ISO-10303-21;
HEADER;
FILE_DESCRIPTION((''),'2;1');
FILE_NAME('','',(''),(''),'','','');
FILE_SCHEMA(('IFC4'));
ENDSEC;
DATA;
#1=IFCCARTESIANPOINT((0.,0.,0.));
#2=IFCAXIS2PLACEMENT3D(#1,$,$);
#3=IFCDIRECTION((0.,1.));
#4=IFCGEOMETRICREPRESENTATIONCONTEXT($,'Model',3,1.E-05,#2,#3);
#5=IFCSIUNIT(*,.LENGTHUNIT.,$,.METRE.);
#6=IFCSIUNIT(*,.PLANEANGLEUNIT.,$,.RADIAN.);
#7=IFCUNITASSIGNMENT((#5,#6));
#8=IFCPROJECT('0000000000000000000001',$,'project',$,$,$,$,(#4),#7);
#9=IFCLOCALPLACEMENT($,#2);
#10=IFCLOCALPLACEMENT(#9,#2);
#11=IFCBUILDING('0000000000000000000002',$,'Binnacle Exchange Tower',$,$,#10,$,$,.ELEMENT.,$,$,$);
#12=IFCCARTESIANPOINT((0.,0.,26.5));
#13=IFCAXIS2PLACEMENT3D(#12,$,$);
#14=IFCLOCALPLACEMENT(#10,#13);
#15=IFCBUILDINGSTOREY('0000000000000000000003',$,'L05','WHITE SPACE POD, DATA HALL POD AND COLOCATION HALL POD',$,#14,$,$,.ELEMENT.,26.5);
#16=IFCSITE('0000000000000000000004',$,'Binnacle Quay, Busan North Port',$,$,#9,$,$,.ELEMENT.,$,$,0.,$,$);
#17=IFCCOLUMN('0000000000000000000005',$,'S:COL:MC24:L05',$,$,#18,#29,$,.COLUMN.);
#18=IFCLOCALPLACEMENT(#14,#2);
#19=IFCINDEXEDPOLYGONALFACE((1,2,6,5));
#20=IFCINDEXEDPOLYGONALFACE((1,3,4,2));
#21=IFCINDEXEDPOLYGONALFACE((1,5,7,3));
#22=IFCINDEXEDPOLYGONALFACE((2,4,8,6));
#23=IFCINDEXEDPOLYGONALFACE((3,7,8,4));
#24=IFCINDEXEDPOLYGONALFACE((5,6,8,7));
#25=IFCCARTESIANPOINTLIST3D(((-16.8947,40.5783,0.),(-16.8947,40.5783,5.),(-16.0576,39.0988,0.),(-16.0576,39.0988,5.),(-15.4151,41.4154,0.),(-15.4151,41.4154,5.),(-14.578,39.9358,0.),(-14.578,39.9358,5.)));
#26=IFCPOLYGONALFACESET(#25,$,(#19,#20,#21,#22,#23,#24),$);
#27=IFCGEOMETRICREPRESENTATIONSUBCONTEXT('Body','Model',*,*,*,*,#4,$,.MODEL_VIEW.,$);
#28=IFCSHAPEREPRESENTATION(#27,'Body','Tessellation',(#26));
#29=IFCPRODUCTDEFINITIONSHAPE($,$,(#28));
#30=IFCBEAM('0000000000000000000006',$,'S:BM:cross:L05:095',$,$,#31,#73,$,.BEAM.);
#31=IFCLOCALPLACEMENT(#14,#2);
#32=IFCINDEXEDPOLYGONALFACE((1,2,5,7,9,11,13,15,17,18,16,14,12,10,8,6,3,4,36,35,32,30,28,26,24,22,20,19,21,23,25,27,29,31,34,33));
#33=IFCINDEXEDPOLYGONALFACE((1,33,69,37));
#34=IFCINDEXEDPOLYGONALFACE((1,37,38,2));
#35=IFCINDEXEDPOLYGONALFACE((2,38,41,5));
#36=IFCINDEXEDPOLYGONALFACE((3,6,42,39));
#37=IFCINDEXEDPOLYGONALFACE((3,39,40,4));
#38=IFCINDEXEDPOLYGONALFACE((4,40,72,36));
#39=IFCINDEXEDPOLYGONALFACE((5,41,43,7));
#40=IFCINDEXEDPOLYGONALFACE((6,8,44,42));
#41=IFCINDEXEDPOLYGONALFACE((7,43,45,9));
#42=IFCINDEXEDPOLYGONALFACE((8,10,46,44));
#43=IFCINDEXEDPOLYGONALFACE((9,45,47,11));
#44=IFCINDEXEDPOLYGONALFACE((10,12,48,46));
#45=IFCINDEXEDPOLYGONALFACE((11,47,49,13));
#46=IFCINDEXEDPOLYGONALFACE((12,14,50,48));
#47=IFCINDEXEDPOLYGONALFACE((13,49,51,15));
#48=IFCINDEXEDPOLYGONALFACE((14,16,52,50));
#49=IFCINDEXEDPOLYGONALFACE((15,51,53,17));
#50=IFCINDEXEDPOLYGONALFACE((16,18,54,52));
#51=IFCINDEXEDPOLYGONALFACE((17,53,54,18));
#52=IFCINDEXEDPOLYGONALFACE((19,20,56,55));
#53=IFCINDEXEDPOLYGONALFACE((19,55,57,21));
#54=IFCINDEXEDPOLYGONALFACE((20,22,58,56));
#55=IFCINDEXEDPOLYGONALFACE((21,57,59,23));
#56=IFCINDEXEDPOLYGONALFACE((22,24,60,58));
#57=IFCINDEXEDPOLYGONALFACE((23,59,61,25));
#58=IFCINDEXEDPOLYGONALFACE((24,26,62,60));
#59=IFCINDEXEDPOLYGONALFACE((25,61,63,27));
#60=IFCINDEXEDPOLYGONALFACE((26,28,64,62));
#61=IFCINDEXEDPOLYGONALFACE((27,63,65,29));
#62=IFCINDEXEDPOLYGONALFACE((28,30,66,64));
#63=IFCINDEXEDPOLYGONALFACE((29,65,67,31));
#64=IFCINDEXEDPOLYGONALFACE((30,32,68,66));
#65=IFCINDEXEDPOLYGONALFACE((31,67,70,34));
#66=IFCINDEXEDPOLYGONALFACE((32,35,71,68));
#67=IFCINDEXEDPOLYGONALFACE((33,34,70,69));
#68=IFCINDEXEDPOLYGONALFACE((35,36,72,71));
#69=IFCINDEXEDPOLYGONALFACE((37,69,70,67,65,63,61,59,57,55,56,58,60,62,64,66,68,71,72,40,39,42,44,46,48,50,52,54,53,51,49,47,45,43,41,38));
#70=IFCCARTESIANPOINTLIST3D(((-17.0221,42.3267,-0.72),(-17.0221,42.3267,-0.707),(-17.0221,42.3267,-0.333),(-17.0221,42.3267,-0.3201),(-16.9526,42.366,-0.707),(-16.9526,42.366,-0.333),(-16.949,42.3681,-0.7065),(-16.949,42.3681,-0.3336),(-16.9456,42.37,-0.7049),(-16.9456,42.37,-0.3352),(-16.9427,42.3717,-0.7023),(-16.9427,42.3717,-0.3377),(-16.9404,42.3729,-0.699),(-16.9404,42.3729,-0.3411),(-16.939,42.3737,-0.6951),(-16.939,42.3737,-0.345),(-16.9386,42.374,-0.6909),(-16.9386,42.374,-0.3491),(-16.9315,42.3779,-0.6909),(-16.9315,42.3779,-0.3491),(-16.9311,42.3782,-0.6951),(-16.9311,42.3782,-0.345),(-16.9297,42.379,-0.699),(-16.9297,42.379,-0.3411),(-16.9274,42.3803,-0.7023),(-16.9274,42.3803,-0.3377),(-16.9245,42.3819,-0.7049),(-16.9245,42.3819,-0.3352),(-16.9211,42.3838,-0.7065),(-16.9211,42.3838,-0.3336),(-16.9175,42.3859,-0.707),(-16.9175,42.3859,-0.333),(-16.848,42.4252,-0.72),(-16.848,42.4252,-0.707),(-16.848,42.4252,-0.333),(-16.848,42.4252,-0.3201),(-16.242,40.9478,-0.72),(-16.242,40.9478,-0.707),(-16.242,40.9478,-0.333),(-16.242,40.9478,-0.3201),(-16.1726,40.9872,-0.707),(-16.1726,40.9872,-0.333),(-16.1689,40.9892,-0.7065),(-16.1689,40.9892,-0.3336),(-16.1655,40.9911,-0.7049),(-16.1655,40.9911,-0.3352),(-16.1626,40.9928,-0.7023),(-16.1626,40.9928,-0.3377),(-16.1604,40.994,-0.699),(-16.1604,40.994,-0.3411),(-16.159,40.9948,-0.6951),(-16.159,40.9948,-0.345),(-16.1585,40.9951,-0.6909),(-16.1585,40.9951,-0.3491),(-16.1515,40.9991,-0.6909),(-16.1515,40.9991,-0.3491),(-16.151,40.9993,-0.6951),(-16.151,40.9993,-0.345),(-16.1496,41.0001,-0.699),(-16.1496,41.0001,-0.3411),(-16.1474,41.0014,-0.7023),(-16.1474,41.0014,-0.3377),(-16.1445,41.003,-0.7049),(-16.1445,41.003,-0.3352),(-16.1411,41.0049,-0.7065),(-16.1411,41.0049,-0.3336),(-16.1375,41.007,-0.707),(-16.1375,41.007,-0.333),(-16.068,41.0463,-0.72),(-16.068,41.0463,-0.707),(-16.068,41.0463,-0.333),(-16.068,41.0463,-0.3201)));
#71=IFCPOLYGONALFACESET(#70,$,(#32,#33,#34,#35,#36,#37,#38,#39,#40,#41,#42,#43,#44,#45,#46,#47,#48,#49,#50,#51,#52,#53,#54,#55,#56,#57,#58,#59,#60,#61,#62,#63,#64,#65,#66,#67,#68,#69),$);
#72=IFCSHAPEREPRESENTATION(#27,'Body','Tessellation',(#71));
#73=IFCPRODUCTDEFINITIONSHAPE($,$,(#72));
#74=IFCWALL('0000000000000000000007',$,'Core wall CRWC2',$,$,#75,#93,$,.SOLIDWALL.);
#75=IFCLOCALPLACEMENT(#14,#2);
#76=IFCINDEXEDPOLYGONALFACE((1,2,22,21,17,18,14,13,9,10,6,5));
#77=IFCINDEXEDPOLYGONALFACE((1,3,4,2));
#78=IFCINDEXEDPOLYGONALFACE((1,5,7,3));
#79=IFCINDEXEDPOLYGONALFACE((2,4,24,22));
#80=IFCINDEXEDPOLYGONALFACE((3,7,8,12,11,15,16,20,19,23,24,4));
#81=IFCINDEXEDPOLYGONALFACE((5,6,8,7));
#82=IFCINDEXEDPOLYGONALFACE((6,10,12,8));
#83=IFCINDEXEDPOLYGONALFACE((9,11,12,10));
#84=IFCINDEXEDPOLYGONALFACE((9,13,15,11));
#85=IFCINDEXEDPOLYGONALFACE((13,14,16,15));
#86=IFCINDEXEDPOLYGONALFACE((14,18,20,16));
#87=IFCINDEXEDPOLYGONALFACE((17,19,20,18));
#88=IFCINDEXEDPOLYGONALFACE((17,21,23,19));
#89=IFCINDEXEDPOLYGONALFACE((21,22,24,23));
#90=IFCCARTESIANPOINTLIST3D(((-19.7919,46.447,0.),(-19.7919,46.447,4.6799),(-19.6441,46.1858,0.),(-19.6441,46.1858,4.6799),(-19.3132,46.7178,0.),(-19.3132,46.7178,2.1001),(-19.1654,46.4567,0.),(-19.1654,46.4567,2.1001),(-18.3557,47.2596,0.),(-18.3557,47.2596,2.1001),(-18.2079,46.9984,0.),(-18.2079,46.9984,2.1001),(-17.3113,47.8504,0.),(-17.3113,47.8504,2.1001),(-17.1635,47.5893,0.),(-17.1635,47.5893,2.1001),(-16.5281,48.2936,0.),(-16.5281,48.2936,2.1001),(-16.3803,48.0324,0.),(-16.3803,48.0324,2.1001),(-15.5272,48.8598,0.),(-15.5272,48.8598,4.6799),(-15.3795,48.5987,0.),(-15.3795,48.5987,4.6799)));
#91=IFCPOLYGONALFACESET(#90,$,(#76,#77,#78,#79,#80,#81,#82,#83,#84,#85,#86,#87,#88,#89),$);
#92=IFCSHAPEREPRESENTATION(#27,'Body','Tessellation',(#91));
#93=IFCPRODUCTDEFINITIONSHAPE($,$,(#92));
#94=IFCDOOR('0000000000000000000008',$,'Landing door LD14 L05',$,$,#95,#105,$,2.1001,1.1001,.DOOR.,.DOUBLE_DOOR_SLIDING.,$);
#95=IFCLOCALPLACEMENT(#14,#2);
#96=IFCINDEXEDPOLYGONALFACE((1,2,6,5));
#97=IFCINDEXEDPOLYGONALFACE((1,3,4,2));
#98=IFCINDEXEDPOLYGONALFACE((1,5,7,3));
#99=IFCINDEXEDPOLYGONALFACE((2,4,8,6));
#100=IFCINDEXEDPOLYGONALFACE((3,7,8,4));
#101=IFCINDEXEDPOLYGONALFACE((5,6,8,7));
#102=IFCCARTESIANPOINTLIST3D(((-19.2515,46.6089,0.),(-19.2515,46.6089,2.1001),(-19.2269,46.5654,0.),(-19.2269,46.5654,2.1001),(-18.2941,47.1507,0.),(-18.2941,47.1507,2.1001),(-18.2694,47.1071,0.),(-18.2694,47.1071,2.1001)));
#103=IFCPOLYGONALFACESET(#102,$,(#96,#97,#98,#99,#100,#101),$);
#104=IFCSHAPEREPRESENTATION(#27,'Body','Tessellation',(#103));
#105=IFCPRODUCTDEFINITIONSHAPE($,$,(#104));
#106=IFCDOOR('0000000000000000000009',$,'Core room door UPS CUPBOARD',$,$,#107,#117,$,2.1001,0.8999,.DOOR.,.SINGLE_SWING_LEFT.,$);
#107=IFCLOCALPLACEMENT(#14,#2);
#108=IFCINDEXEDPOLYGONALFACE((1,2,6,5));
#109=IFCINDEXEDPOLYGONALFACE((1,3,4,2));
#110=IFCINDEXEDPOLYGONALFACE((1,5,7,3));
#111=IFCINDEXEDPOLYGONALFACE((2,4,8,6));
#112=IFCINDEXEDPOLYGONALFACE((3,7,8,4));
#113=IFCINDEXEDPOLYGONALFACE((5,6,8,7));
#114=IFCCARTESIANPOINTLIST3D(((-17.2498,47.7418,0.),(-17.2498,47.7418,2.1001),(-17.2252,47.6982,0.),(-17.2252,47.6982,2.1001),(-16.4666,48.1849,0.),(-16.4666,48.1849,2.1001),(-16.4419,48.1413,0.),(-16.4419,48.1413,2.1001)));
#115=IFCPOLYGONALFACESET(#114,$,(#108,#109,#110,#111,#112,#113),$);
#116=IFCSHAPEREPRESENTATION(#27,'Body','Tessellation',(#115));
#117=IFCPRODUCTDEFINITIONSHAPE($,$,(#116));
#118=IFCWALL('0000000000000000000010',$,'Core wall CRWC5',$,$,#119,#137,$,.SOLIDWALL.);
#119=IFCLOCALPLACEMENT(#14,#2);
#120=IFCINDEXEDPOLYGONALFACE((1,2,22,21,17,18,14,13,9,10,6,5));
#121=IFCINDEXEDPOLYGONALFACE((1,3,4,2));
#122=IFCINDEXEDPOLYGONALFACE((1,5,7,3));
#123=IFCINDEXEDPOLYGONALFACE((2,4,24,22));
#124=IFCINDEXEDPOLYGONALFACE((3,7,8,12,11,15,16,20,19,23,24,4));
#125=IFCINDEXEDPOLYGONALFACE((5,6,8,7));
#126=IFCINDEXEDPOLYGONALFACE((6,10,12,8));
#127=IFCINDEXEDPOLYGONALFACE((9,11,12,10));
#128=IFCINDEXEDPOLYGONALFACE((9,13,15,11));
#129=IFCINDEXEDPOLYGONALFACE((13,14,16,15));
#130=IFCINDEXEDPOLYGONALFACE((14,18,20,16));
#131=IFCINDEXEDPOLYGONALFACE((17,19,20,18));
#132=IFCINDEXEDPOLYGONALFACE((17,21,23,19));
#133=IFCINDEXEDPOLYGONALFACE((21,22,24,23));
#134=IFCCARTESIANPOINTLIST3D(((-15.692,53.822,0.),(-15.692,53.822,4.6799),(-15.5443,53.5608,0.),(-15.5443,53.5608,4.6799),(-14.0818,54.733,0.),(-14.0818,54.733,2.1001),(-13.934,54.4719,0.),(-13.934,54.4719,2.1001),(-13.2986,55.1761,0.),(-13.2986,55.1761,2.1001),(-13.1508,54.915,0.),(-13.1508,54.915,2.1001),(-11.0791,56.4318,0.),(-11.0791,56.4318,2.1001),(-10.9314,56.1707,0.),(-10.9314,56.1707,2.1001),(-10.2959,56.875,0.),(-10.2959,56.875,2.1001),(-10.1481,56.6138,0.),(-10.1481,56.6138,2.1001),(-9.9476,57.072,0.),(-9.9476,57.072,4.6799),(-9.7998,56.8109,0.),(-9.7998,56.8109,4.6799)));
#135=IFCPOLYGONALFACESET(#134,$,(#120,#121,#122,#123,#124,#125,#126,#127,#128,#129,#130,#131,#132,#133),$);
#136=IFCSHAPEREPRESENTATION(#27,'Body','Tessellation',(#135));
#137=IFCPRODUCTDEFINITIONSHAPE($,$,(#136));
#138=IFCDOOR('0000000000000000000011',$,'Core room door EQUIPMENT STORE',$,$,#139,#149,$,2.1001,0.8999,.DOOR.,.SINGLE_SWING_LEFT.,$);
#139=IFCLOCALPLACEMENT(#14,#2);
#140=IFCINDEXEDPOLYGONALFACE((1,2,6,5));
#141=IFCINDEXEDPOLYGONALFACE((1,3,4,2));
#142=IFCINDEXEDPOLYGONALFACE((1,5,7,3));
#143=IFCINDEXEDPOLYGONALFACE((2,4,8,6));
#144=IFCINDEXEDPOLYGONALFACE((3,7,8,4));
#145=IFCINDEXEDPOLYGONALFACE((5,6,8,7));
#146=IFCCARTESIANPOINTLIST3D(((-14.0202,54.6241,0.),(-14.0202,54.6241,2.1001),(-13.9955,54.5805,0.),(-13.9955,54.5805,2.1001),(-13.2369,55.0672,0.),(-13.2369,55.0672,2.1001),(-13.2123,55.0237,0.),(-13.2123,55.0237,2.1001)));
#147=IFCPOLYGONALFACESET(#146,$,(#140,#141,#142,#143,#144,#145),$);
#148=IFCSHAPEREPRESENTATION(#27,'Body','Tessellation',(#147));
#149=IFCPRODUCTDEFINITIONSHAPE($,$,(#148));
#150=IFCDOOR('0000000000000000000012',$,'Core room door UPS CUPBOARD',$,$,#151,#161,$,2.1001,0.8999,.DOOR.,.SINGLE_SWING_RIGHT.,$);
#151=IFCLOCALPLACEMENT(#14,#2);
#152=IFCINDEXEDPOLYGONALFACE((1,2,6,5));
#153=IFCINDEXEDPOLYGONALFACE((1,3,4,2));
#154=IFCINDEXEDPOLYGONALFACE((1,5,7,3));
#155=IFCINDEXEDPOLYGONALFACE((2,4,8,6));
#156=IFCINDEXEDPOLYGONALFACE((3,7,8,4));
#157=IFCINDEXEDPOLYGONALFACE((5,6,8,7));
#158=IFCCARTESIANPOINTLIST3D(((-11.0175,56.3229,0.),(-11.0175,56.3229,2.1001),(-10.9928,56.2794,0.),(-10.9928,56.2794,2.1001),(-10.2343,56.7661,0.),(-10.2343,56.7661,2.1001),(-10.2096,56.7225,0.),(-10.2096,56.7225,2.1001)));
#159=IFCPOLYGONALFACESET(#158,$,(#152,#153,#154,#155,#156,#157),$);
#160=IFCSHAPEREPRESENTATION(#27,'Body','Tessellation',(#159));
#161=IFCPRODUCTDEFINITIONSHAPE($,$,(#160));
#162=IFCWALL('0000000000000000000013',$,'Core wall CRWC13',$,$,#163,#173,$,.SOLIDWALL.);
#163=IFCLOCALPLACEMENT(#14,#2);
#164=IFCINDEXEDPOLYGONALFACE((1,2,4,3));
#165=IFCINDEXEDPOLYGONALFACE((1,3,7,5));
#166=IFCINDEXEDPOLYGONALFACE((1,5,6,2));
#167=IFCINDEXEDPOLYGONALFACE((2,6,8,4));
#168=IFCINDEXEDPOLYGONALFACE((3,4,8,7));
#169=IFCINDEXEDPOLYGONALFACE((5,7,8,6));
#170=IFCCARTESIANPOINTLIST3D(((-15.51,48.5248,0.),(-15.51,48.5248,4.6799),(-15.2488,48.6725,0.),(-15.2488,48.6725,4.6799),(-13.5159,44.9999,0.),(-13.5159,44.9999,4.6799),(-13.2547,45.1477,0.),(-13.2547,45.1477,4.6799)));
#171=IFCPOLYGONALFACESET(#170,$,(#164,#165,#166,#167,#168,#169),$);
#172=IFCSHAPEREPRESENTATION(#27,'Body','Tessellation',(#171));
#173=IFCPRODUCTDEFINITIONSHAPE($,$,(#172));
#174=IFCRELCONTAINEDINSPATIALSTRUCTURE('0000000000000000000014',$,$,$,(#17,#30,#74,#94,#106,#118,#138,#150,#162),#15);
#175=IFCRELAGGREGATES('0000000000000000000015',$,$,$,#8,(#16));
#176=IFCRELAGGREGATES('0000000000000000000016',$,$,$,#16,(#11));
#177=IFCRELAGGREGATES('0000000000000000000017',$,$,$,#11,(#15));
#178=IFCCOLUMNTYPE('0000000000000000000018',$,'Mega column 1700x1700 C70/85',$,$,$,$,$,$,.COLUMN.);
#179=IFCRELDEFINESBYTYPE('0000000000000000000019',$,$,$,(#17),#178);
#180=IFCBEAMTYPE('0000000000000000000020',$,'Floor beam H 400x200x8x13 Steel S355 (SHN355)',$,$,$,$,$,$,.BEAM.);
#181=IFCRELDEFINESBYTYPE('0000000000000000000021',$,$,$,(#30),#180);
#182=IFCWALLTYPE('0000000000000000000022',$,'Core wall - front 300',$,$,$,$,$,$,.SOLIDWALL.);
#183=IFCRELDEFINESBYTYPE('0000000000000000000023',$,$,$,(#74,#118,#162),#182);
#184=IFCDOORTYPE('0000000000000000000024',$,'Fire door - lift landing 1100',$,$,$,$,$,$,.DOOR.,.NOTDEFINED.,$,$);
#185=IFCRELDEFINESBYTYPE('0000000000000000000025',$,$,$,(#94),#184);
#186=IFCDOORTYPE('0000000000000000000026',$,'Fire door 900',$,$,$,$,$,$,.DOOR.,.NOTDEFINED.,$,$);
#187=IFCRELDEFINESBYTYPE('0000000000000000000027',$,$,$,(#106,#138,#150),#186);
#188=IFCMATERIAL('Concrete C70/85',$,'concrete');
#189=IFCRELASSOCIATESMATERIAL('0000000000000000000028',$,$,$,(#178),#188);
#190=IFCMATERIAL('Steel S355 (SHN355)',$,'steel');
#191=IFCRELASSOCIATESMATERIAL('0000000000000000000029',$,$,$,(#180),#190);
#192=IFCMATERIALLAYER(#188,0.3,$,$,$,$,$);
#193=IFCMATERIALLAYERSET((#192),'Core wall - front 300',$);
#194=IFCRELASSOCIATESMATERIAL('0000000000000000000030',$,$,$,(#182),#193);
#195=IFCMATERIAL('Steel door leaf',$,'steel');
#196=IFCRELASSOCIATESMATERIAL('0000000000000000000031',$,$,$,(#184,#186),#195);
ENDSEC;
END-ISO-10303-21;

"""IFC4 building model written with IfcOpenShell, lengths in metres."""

from ifc_helpers import new_model, si_unit, direction, frame, frame_2d, origin, origin_2d, place, context, subcontext, project, spatial, rectangle, i_section, extrude, material, layer, layer_set, material_profile, profile_set, type_object, element, fill, save


model = new_model("IFC4")

# Units and contexts
model_context = context("Model", 3, precision=1e-05, world=origin(), true_north=direction((0.0, 1.0)))
body_context = subcontext(model_context, "Body", "Model", "MODEL_VIEW")
ifc_project = project(units=[si_unit("LENGTHUNIT", "METRE"), si_unit("PLANEANGLEUNIT", "RADIAN")], contexts=[model_context])

# Site, building, storey
site_placement = place(None, origin())
site = spatial("IfcSite", under=ifc_project, at=site_placement, Name="Binnacle Quay, Busan North Port", CompositionType="ELEMENT", RefElevation=0.0)
building_placement = place(site_placement, origin())
building = spatial("IfcBuilding", under=site, at=building_placement, Name="Binnacle Exchange Tower", CompositionType="ELEMENT")
storey_placement = place(building_placement, frame((0.0, 0.0, 26.5)))
storey = spatial("IfcBuildingStorey", under=building, at=storey_placement, Name="L05", Description="WHITE SPACE POD, DATA HALL POD AND COLOCATION HALL POD", CompositionType="ELEMENT", Elevation=26.5)

# Column
ifc_material_1 = material(Name="Concrete C70/85", Category="concrete")
ifc_material_profile_1 = material_profile(ifc_material_1, rectangle(XDim=1.7, YDim=1.7, at=origin_2d()), Name="Mega column 1700x1700 C70/85")
ifc_profile_set_1 = profile_set([ifc_material_profile_1], Name="Concrete C70/85")
column_type = type_object("IfcColumnType", Name="Mega column 1700x1700 C70/85", PredefinedType="COLUMN", material=ifc_profile_set_1)
column_placement = place(storey_placement, frame((-15.7363, 40.2571, 0.0), z_axis=(0.0, 0.0, 1.0), x_axis=(0.870356, 0.492424, 0.0)))
element("IfcColumn", 1, at=column_placement, inside=storey, type_object=column_type, Name="S:COL:MC24:L05", PredefinedType="COLUMN", context=body_context, shape_type="SweptSolid", body=[
    extrude(rectangle(XDim=1.7, YDim=1.7, at=origin_2d()), origin(), (0.0, 0.0, 1.0), 5.0),
])

# Beam
ifc_material_2 = material(Name="Steel S355 (SHN355)", Category="steel")
ifc_material_profile_2 = material_profile(ifc_material_2, i_section(OverallWidth=0.2, OverallDepth=0.3999, WebThickness=0.0081, FlangeThickness=0.0129, FilletRadius=0.0161, at=origin_2d()), Name="H 400x200x8x13")
ifc_profile_set_2 = profile_set([ifc_material_profile_2], Name="Steel S355 (SHN355)")
beam_type = type_object("IfcBeamType", Name="Floor beam H 400x200x8x13 Steel S355 (SHN355)", PredefinedType="BEAM", material=ifc_profile_set_2)
beam_placement = place(storey_placement, frame((-16.155, 40.9971, -0.52), z_axis=(-0.492367, 0.870388, 0.0), x_axis=(-0.870388, -0.492367, 0.0)))
element("IfcBeam", 2, at=beam_placement, inside=storey, type_object=beam_type, Name="S:BM:cross:L05:095", PredefinedType="BEAM", context=body_context, shape_type="SweptSolid", body=[
    extrude(i_section(OverallWidth=0.2, OverallDepth=0.3999, WebThickness=0.0081, FlangeThickness=0.0129, FilletRadius=0.0161, at=origin_2d()), origin(), (0.0, 0.0, 1.0), 1.5842),
])

# Walls, openings, doors
ifc_layer_1 = layer(ifc_material_1, 0.3)
ifc_layer_set_1 = layer_set([ifc_layer_1], Name="Core wall - front 300")
wall_type_1 = type_object("IfcWallType", Name="Core wall - front 300", PredefinedType="SOLIDWALL", material=ifc_layer_set_1)
wall_1_placement = place(storey_placement, frame((-19.718, 46.3164, 0.0), z_axis=(0.0, 0.0, 1.0), x_axis=(0.870354, 0.492427, 0.0)))
wall_1 = element("IfcWall", 3, at=wall_1_placement, inside=storey, type_object=wall_type_1, Name="Core wall CRWC2", PredefinedType="SOLIDWALL", context=body_context, shape_type="SweptSolid", body=[
    extrude(rectangle(XDim=4.8999, YDim=0.3, at=frame_2d((2.45, 0.0))), origin(), (0.0, 0.0, 1.0), 4.6799),
])
opening_1_placement = place(wall_1_placement, frame((0.55, 0.0, 0.0)))
opening_1 = element("IfcOpeningElement", 4, at=opening_1_placement, cuts=wall_1, PredefinedType="OPENING", context=body_context, shape_type="SweptSolid", body=[
    extrude(rectangle(XDim=1.1001, YDim=2.1001, at=frame_2d((0.55, 1.05))), frame((0.0, 0.1599, 0.0), z_axis=(0.0, -1.0, 0.0), x_axis=(1.0, 0.0, 0.0)), (0.0, 0.0, 1.0), 0.3201),
])
opening_2_placement = place(wall_1_placement, frame((2.8501, 0.0, 0.0)))
opening_2 = element("IfcOpeningElement", 5, at=opening_2_placement, cuts=wall_1, PredefinedType="OPENING", context=body_context, shape_type="SweptSolid", body=[
    extrude(rectangle(XDim=0.8999, YDim=2.1001, at=frame_2d((0.45, 1.05))), frame((0.0, 0.1599, 0.0), z_axis=(0.0, -1.0, 0.0), x_axis=(1.0, 0.0, 0.0)), (0.0, 0.0, 1.0), 0.3201),
])
ifc_material_3 = material(Name="Steel door leaf", Category="steel")
door_type_1 = type_object("IfcDoorType", Name="Fire door - lift landing 1100", OperationType="NOTDEFINED", PredefinedType="DOOR", material=ifc_material_3)
door_1_placement = place(opening_1_placement, origin())
door_1 = element("IfcDoor", 6, at=door_1_placement, inside=storey, type_object=door_type_1, Name="Landing door LD14 L05", OperationType="DOUBLE_DOOR_SLIDING", OverallHeight=2.1001, OverallWidth=1.1001, PredefinedType="DOOR", context=body_context, shape_type="SweptSolid", body=[
    extrude(rectangle(XDim=1.1001, YDim=2.1001, at=frame_2d((0.55, 1.05))), frame((0.0, 0.0249, 0.0), z_axis=(0.0, -1.0, 0.0), x_axis=(1.0, 0.0, 0.0)), (0.0, 0.0, 1.0), 0.05),
])
fill(opening_1, door_1)
door_type_2 = type_object("IfcDoorType", Name="Fire door 900", OperationType="NOTDEFINED", PredefinedType="DOOR", material=ifc_material_3)
door_2_placement = place(opening_2_placement, frame((0.8999, 0.0, 0.0), z_axis=(0.0, 0.0, 1.0), x_axis=(-1.0, 0.0, 0.0)))
door_2 = element("IfcDoor", 7, at=door_2_placement, inside=storey, type_object=door_type_2, Name="Core room door UPS CUPBOARD", OperationType="SINGLE_SWING_LEFT", OverallHeight=2.1001, OverallWidth=0.8999, PredefinedType="DOOR", context=body_context, shape_type="SweptSolid", body=[
    extrude(rectangle(XDim=0.8999, YDim=2.1001, at=frame_2d((0.45, 1.05))), frame((0.0, 0.0249, 0.0), z_axis=(0.0, -1.0, 0.0), x_axis=(1.0, 0.0, 0.0)), (0.0, 0.0, 1.0), 0.05),
])
fill(opening_2, door_2)
wall_2_placement = place(storey_placement, frame((-15.6182, 53.6914, 0.0), z_axis=(0.0, 0.0, 1.0), x_axis=(0.870357, 0.492422, 0.0)))
wall_2 = element("IfcWall", 8, at=wall_2_placement, inside=storey, type_object=wall_type_1, Name="Core wall CRWC5", PredefinedType="SOLIDWALL", context=body_context, shape_type="SweptSolid", body=[
    extrude(rectangle(XDim=6.6001, YDim=0.3, at=frame_2d((3.3, 0.0))), origin(), (0.0, 0.0, 1.0), 4.6799),
])
opening_3_placement = place(wall_2_placement, frame((1.8501, 0.0, 0.0)))
opening_3 = element("IfcOpeningElement", 9, at=opening_3_placement, cuts=wall_2, PredefinedType="OPENING", context=body_context, shape_type="SweptSolid", body=[
    extrude(rectangle(XDim=0.8999, YDim=2.1001, at=frame_2d((0.45, 1.05))), frame((0.0, 0.1599, 0.0), z_axis=(0.0, -1.0, 0.0), x_axis=(1.0, 0.0, 0.0)), (0.0, 0.0, 1.0), 0.3201),
])
opening_4_placement = place(wall_2_placement, frame((5.3, 0.0, 0.0)))
opening_4 = element("IfcOpeningElement", 10, at=opening_4_placement, cuts=wall_2, PredefinedType="OPENING", context=body_context, shape_type="SweptSolid", body=[
    extrude(rectangle(XDim=0.8999, YDim=2.1001, at=frame_2d((0.45, 1.05))), frame((0.0, 0.1599, 0.0), z_axis=(0.0, -1.0, 0.0), x_axis=(1.0, 0.0, 0.0)), (0.0, 0.0, 1.0), 0.3201),
])
door_3_placement = place(opening_3_placement, origin())
door_3 = element("IfcDoor", 11, at=door_3_placement, inside=storey, type_object=door_type_2, Name="Core room door EQUIPMENT STORE", OperationType="SINGLE_SWING_LEFT", OverallHeight=2.1001, OverallWidth=0.8999, PredefinedType="DOOR", context=body_context, shape_type="SweptSolid", body=[
    extrude(rectangle(XDim=0.8999, YDim=2.1001, at=frame_2d((0.45, 1.05))), frame((0.0, 0.0249, 0.0), z_axis=(0.0, -1.0, 0.0), x_axis=(1.0, 0.0, 0.0)), (0.0, 0.0, 1.0), 0.05),
])
fill(opening_3, door_3)
door_4_placement = place(opening_4_placement, origin())
door_4 = element("IfcDoor", 12, at=door_4_placement, inside=storey, type_object=door_type_2, Name="Core room door UPS CUPBOARD", OperationType="SINGLE_SWING_RIGHT", OverallHeight=2.1001, OverallWidth=0.8999, PredefinedType="DOOR", context=body_context, shape_type="SweptSolid", body=[
    extrude(rectangle(XDim=0.8999, YDim=2.1001, at=frame_2d((0.45, 1.05))), frame((0.0, 0.0249, 0.0), z_axis=(0.0, -1.0, 0.0), x_axis=(1.0, 0.0, 0.0)), (0.0, 0.0, 1.0), 0.05),
])
fill(opening_4, door_4)

# Wall
wall_3_placement = place(storey_placement, frame((-15.3794, 48.5986, 0.0), z_axis=(0.0, 0.0, 1.0), x_axis=(0.492395, -0.870372, 0.0)))
element("IfcWall", 13, at=wall_3_placement, inside=storey, type_object=wall_type_1, Name="Core wall CRWC13", PredefinedType="SOLIDWALL", context=body_context, shape_type="SweptSolid", body=[
    extrude(rectangle(XDim=4.0498, YDim=0.3, at=frame_2d((2.0249, 0.0))), origin(), (0.0, 0.0, 1.0), 4.6799),
])

save(model, "model.ifc")
